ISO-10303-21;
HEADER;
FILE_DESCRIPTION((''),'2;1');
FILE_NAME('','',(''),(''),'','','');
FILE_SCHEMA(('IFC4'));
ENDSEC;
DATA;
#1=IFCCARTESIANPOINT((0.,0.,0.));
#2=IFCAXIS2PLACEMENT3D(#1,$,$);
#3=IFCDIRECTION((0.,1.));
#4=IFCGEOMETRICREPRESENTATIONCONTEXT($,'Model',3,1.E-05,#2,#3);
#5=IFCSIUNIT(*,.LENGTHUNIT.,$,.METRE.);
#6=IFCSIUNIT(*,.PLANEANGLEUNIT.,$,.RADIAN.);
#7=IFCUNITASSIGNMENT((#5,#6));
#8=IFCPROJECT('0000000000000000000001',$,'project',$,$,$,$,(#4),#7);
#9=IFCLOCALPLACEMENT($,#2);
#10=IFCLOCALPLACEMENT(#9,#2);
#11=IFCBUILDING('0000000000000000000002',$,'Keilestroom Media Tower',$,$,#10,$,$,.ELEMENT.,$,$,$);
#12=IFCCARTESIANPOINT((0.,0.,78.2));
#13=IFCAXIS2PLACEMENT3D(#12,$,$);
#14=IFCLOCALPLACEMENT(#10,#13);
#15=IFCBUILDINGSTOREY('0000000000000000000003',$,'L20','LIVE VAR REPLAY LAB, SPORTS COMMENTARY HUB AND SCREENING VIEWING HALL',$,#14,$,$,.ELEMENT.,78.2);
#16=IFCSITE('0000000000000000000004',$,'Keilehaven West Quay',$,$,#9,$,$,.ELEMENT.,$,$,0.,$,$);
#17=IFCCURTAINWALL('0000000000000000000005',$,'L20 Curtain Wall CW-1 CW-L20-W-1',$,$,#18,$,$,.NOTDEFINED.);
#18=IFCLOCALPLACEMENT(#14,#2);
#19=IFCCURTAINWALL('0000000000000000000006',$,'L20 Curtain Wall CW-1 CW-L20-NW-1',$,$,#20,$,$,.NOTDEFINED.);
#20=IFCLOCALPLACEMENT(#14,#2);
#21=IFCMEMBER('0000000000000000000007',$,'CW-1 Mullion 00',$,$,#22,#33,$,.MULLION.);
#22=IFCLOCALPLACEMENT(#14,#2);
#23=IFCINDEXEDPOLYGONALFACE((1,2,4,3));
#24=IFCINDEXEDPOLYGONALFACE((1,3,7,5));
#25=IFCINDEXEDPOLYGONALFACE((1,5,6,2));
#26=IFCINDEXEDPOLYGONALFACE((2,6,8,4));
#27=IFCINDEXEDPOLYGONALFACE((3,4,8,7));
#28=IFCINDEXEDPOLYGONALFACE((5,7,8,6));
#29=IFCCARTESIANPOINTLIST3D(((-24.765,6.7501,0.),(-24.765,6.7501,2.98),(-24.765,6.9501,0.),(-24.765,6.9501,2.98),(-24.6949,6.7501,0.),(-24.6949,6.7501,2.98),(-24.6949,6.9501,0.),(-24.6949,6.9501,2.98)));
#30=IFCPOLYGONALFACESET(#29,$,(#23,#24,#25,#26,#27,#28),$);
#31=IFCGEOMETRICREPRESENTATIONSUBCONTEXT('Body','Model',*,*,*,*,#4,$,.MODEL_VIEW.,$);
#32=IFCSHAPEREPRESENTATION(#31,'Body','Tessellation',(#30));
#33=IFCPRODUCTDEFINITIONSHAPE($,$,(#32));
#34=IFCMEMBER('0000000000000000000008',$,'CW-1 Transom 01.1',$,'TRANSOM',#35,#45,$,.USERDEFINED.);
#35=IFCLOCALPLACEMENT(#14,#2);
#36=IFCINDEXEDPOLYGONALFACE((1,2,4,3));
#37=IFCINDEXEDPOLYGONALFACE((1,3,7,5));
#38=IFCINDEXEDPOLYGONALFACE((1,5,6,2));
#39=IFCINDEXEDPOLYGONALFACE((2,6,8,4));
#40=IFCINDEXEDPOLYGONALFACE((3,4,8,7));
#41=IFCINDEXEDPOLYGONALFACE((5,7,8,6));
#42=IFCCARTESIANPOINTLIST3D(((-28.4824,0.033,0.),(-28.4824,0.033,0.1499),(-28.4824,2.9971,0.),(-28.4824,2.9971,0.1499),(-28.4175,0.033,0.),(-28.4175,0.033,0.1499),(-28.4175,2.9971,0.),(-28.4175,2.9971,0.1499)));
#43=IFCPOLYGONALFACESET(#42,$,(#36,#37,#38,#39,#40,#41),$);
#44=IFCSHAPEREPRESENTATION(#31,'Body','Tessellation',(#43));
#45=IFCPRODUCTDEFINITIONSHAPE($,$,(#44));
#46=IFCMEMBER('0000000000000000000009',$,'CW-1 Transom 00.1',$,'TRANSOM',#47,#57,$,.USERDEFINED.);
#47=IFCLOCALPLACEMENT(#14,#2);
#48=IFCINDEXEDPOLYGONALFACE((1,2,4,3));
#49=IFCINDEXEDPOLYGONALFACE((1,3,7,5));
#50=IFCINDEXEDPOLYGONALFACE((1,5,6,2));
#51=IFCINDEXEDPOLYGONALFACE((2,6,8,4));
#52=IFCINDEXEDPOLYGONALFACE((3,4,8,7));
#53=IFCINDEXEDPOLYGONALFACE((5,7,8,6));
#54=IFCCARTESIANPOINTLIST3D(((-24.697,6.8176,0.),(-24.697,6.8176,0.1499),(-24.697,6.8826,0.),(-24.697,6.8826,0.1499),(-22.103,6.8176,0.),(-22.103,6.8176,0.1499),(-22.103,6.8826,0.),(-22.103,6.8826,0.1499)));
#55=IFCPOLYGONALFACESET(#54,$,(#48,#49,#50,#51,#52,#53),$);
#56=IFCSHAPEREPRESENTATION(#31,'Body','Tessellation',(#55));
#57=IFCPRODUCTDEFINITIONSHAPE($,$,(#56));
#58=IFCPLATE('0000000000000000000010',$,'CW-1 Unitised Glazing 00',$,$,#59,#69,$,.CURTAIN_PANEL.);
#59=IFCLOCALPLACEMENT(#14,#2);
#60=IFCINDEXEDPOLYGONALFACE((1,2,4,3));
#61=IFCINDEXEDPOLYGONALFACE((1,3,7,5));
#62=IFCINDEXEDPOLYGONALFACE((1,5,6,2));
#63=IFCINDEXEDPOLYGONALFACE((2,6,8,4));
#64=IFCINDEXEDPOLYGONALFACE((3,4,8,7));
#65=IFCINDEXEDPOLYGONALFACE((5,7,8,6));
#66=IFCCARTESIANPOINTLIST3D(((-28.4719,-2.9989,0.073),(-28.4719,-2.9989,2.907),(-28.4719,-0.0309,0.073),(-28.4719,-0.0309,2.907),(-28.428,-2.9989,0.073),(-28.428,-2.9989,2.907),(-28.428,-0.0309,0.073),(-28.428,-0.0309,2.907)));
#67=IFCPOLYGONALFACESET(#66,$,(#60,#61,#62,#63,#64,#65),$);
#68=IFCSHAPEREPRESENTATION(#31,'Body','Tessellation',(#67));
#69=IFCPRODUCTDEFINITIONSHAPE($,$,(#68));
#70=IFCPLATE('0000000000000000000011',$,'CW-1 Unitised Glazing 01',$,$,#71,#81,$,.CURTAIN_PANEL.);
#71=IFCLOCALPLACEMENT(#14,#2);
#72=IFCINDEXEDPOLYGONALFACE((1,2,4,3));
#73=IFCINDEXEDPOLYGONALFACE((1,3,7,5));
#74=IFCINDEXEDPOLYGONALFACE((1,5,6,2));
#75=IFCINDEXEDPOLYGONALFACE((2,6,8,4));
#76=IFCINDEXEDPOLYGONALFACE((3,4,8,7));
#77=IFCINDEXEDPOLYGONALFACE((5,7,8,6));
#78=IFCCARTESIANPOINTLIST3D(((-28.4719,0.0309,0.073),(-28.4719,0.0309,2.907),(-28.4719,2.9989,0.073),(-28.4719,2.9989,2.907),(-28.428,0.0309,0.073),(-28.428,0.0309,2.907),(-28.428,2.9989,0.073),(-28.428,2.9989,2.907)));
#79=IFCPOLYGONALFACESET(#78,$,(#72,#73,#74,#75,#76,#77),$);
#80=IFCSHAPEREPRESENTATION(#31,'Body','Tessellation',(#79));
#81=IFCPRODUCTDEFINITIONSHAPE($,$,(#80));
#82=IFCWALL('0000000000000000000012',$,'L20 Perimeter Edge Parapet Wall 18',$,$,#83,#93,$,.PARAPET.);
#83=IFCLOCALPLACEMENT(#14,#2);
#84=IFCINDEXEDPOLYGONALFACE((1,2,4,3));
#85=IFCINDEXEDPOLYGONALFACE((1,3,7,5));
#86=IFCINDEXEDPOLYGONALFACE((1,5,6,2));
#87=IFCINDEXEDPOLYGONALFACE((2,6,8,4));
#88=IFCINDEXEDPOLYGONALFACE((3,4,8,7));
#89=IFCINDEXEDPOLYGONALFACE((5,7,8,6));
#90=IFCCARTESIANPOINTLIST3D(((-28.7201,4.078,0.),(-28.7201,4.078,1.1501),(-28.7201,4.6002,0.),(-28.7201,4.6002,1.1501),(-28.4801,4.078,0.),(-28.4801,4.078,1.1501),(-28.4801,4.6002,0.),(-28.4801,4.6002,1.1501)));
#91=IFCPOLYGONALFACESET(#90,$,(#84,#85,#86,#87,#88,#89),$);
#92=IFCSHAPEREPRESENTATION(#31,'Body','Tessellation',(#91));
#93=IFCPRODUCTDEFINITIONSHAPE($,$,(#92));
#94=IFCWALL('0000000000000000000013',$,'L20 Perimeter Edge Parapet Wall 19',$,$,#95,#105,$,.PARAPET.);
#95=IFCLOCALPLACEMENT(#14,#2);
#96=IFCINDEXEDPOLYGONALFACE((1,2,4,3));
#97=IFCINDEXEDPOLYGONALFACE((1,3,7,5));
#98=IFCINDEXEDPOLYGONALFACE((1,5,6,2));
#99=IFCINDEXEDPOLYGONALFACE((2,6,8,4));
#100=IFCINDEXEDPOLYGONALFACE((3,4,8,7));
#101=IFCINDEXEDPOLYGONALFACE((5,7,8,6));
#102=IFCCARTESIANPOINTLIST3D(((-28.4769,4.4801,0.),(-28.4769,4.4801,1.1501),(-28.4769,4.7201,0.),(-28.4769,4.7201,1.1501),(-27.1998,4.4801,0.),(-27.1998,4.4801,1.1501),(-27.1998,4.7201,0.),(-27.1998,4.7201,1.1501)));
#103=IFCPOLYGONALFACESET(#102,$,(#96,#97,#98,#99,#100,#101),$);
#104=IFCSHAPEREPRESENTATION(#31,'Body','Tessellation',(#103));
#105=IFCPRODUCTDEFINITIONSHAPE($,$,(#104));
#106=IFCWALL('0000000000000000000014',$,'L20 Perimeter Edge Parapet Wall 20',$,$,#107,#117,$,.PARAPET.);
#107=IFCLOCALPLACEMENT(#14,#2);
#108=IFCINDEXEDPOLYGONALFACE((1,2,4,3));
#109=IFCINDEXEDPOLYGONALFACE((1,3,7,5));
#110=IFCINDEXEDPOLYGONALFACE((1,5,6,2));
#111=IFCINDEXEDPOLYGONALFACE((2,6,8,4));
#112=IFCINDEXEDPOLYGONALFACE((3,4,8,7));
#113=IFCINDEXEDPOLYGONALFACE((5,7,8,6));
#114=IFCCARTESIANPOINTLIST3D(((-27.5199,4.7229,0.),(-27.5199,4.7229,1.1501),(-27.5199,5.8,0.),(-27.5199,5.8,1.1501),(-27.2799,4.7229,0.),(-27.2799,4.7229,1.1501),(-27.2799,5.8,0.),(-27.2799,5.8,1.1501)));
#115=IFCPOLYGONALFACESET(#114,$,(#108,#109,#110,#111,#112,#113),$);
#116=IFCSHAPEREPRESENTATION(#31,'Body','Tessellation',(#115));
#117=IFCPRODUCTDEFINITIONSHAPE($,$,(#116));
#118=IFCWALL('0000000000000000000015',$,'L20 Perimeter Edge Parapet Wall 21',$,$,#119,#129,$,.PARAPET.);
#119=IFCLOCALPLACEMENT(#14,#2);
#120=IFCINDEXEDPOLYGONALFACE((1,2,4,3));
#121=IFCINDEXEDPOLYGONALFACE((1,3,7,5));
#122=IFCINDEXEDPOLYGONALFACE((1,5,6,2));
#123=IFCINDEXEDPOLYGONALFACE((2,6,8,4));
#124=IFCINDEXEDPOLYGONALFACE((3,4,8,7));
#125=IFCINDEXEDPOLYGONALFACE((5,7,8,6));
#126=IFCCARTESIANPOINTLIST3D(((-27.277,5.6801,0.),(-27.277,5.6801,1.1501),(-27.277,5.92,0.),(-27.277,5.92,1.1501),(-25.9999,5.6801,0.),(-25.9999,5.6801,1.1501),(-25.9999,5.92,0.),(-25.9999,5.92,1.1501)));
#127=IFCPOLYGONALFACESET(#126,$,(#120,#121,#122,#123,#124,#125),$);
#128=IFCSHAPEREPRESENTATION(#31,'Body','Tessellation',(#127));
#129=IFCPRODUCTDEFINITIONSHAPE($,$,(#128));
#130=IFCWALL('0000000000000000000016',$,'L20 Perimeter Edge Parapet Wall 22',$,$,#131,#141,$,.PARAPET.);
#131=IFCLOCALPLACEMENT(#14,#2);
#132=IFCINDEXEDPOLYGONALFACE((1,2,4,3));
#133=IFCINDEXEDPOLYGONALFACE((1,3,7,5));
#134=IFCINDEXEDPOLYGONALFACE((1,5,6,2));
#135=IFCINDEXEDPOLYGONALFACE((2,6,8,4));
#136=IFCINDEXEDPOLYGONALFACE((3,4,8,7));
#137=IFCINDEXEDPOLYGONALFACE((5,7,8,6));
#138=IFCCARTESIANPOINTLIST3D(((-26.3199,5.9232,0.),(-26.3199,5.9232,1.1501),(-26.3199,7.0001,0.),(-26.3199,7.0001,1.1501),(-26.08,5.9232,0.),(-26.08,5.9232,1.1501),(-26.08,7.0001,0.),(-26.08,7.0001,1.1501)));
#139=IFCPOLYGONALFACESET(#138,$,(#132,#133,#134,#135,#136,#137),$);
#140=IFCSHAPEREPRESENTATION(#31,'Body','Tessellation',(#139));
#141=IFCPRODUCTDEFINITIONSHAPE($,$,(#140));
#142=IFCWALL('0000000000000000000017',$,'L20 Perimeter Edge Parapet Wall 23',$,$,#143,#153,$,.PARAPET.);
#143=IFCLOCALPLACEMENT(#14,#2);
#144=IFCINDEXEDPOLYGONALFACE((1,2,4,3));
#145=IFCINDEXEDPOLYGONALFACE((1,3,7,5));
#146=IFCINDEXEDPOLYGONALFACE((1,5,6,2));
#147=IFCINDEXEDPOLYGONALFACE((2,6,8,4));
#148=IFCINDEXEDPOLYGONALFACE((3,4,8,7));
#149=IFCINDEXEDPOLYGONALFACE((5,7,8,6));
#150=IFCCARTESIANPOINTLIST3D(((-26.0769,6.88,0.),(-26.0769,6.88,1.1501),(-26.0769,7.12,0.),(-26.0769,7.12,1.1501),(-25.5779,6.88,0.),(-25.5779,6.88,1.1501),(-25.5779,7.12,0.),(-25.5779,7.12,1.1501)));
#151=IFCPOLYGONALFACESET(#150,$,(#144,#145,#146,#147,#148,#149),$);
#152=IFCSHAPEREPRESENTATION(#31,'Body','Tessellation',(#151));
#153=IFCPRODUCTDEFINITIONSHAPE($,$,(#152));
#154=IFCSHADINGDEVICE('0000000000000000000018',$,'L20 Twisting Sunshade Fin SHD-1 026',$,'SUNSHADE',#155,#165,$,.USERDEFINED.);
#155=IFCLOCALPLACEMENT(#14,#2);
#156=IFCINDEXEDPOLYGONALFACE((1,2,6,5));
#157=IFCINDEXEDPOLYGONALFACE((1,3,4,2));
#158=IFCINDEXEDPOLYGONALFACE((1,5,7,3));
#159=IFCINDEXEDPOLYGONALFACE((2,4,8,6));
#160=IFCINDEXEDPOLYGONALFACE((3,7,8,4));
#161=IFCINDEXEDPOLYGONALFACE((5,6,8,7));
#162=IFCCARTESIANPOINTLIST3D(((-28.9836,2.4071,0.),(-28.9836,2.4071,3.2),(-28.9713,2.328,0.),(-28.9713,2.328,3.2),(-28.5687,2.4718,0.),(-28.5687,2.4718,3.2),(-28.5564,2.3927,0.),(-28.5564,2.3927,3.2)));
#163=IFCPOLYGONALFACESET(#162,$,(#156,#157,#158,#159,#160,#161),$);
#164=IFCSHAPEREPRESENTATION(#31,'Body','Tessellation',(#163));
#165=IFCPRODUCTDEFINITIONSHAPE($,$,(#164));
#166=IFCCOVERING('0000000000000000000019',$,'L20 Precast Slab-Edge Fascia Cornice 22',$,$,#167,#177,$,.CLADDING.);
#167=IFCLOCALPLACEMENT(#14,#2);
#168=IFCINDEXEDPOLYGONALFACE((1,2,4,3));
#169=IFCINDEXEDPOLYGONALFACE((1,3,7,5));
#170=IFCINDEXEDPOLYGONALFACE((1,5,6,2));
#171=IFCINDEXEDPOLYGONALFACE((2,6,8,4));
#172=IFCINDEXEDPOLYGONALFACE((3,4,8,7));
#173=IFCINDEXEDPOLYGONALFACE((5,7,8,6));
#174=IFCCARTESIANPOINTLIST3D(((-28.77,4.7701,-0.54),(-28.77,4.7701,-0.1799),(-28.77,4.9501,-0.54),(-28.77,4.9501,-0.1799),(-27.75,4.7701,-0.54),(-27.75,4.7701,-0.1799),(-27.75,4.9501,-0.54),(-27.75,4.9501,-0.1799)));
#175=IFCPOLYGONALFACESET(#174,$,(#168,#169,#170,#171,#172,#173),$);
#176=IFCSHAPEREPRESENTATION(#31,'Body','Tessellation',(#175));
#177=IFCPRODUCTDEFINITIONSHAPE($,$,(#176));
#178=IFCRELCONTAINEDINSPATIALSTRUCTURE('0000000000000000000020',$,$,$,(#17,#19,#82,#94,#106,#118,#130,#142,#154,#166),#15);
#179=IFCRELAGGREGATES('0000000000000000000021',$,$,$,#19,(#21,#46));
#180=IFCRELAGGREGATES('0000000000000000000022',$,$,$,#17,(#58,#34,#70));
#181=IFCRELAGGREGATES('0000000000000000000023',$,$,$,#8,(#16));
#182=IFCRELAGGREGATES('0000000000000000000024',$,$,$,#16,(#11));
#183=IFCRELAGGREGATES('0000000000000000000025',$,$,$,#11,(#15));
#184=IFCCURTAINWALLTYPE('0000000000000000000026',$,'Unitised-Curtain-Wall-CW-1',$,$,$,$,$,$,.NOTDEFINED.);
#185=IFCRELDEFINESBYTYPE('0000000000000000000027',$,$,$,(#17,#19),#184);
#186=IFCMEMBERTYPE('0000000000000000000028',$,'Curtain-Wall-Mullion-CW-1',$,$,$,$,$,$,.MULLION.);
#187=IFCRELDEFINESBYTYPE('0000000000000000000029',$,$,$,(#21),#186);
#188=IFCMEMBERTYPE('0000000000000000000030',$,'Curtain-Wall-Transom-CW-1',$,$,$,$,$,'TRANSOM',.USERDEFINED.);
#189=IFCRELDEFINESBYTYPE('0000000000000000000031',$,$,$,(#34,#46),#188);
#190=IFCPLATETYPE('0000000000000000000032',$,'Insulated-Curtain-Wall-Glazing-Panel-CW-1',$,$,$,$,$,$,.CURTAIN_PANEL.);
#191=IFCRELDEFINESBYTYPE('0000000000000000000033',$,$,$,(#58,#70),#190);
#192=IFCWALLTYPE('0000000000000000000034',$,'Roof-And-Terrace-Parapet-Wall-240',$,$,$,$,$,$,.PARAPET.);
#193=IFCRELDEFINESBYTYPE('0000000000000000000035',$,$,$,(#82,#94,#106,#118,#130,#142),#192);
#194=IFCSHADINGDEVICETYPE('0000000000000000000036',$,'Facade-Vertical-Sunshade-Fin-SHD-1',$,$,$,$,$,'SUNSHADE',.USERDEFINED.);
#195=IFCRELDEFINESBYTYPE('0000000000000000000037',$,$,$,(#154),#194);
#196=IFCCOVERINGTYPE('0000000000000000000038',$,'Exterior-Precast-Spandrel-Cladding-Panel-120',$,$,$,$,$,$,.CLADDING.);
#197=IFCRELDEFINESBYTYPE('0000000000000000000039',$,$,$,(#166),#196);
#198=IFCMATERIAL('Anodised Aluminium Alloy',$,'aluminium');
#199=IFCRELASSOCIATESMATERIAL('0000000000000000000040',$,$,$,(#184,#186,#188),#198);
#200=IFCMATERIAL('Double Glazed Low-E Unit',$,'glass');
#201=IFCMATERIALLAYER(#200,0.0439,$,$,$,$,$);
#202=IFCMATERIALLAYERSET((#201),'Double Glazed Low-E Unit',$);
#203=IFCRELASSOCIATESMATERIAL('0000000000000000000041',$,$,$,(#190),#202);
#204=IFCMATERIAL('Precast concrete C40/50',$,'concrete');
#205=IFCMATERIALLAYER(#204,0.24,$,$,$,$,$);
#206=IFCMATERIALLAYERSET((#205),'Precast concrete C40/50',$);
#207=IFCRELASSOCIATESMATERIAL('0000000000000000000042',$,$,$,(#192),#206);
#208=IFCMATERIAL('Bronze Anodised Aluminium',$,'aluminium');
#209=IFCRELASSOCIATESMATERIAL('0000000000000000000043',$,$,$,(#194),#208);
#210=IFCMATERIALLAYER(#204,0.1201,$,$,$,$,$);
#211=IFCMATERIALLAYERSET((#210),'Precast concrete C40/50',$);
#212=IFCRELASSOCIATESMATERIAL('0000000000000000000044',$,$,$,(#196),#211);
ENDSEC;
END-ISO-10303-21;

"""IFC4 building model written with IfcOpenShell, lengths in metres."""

from ifc_helpers import new_model, si_unit, direction, frame, frame_2d, origin, origin_2d, place, context, subcontext, project, spatial, rectangle, extrude, source, transform, mapped, material, layer, layer_set, material_profile, profile_set, type_object, element, aggregate, save


model = new_model("IFC4")

# Units and contexts
model_context = context("Model", 3, precision=1e-05, world=origin(), true_north=direction((0.0, 1.0)))
body_context = subcontext(model_context, "Body", "Model", "MODEL_VIEW")
ifc_project = project(units=[si_unit("LENGTHUNIT", "METRE"), si_unit("PLANEANGLEUNIT", "RADIAN")], contexts=[model_context])

# Site, building, storey
site_placement = place(None, origin())
site = spatial("IfcSite", under=ifc_project, at=site_placement, Name="Keilehaven West Quay", CompositionType="ELEMENT", RefElevation=0.0)
building_placement = place(site_placement, origin())
building = spatial("IfcBuilding", under=site, at=building_placement, Name="Keilestroom Media Tower", CompositionType="ELEMENT")
storey_placement = place(building_placement, frame((0.0, 0.0, 78.2)))
storey = spatial("IfcBuildingStorey", under=building, at=storey_placement, Name="L20", Description="LIVE VAR REPLAY LAB, SPORTS COMMENTARY HUB AND SCREENING VIEWING HALL", CompositionType="ELEMENT", Elevation=78.2)

# Shared definitions
ifc_material_1 = material(Name="Precast concrete C40/50", Category="concrete")

# Curtain wall
ifc_material_2 = material(Name="Anodised Aluminium Alloy", Category="aluminium")
curtain_wall_type = type_object("IfcCurtainWallType", Name="Unitised-Curtain-Wall-CW-1", PredefinedType="NOTDEFINED", material=ifc_material_2)
curtain_wall_1_placement = place(storey_placement, origin())
curtain_wall_1 = element("IfcCurtainWall", 1, at=curtain_wall_1_placement, inside=storey, type_object=curtain_wall_type, Name="L20 Curtain Wall CW-1 CW-L20-W-1", PredefinedType="NOTDEFINED")
ifc_material_profile_1 = material_profile(ifc_material_2, rectangle(XDim=0.0701, YDim=0.2, at=origin_2d()), Name="ALU MULLION 70x200")
ifc_profile_set_1 = profile_set([ifc_material_profile_1], Name="Anodised Aluminium Alloy")
member_type_1 = type_object("IfcMemberType", Name="Curtain-Wall-Mullion-CW-1", PredefinedType="MULLION", material=ifc_profile_set_1)
shared_shape_1 = source(origin(), body_context, "Body", "SweptSolid", [
    extrude(rectangle(XDim=0.0701, YDim=0.2, at=origin_2d()), origin(), (0.0, 0.0, 1.0), 2.98),
])

# Curtain wall, member
curtain_wall_2_placement = place(storey_placement, origin())
curtain_wall_2 = element("IfcCurtainWall", 2, at=curtain_wall_2_placement, inside=storey, type_object=curtain_wall_type, Name="L20 Curtain Wall CW-1 CW-L20-NW-1", PredefinedType="NOTDEFINED")
member_1_placement = place(storey_placement, frame((-24.73, 6.8501, 0.0), z_axis=(0.0, 0.0, 1.0), x_axis=(1.0, 0.0, 0.0)))
member_1 = element("IfcMember", 3, at=member_1_placement, type_object=member_type_1, Name="CW-1 Mullion 00", PredefinedType="MULLION", context=body_context, shape_type="MappedRepresentation", body=[
    mapped(shared_shape_1, transform((0.0, 0.0, 0.0), x_axis=(1.0, 0.0, 0.0), y_axis=(0.0, 1.0, 0.0), z_axis=(0.0, 0.0, 1.0), scale=1.0)),
])

# Members
ifc_material_profile_2 = material_profile(ifc_material_2, rectangle(XDim=0.0649, YDim=0.1499, at=origin_2d()), Name="ALU TRANSOM 65x150")
ifc_profile_set_2 = profile_set([ifc_material_profile_2], Name="Anodised Aluminium Alloy")
member_type_2 = type_object("IfcMemberType", Name="Curtain-Wall-Transom-CW-1", ElementType="TRANSOM", PredefinedType="USERDEFINED", material=ifc_profile_set_2)
shared_shape_2 = source(origin(), body_context, "Body", "SweptSolid", [
    extrude(rectangle(XDim=0.0649, YDim=0.1499, at=origin_2d()), origin(), (0.0, 0.0, 1.0), 2.9641),
])
member_2_placement = place(storey_placement, frame((-28.45, 0.033, 0.075), z_axis=(0.0, 1.0, 0.0), x_axis=(-1.0, 0.0, 0.0)))
member_2 = element("IfcMember", 4, at=member_2_placement, type_object=member_type_2, Name="CW-1 Transom 01.1", ObjectType="TRANSOM", PredefinedType="USERDEFINED", context=body_context, shape_type="MappedRepresentation", body=[
    mapped(shared_shape_2, transform((0.0, 0.0, 0.0), x_axis=(1.0, 0.0, 0.0), y_axis=(0.0, 1.0, 0.0), z_axis=(0.0, 0.0, 1.0), scale=1.0)),
])
shared_shape_3 = source(origin(), body_context, "Body", "SweptSolid", [
    extrude(rectangle(XDim=0.0649, YDim=0.1499, at=origin_2d()), origin(), (0.0, 0.0, 1.0), 2.594),
])
member_3_placement = place(storey_placement, frame((-24.697, 6.8501, 0.075), z_axis=(1.0, 0.0, 0.0), x_axis=(0.0, 1.0, 0.0)))
member_3 = element("IfcMember", 5, at=member_3_placement, type_object=member_type_2, Name="CW-1 Transom 00.1", ObjectType="TRANSOM", PredefinedType="USERDEFINED", context=body_context, shape_type="MappedRepresentation", body=[
    mapped(shared_shape_3, transform((0.0, 0.0, 0.0), x_axis=(1.0, 0.0, 0.0), y_axis=(0.0, 1.0, 0.0), z_axis=(0.0, 0.0, 1.0), scale=1.0)),
])
aggregate(curtain_wall_2, [member_1, member_3])

# Plates
ifc_material_3 = material(Name="Double Glazed Low-E Unit", Category="glass")
ifc_layer_1 = layer(ifc_material_3, 0.0439)
ifc_layer_set_1 = layer_set([ifc_layer_1], Name="Double Glazed Low-E Unit")
plate_type = type_object("IfcPlateType", Name="Insulated-Curtain-Wall-Glazing-Panel-CW-1", PredefinedType="CURTAIN_PANEL", material=ifc_layer_set_1)
shared_shape_4 = source(origin(), body_context, "Body", "SweptSolid", [
    extrude(rectangle(XDim=2.968, YDim=0.0439, at=origin_2d()), origin(), (0.0, 0.0, 1.0), 2.834),
])
plate_1_placement = place(storey_placement, frame((-28.45, -1.5149, 0.073), z_axis=(0.0, 0.0, 1.0), x_axis=(0.0, 1.0, 0.0)))
plate_1 = element("IfcPlate", 6, at=plate_1_placement, type_object=plate_type, Name="CW-1 Unitised Glazing 00", PredefinedType="CURTAIN_PANEL", context=body_context, shape_type="MappedRepresentation", body=[
    mapped(shared_shape_4, transform((0.0, 0.0, 0.0), x_axis=(1.0, 0.0, 0.0), y_axis=(0.0, 1.0, 0.0), z_axis=(0.0, 0.0, 1.0), scale=1.0)),
])
plate_2_placement = place(storey_placement, frame((-28.45, 1.5149, 0.073), z_axis=(0.0, 0.0, 1.0), x_axis=(0.0, 1.0, 0.0)))
plate_2 = element("IfcPlate", 7, at=plate_2_placement, type_object=plate_type, Name="CW-1 Unitised Glazing 01", PredefinedType="CURTAIN_PANEL", context=body_context, shape_type="MappedRepresentation", body=[
    mapped(shared_shape_4, transform((0.0, 0.0, 0.0), x_axis=(1.0, 0.0, 0.0), y_axis=(0.0, 1.0, 0.0), z_axis=(0.0, 0.0, 1.0), scale=1.0)),
])
aggregate(curtain_wall_1, [plate_1, member_2, plate_2])

# Walls
ifc_layer_2 = layer(ifc_material_1, 0.24)
ifc_layer_set_2 = layer_set([ifc_layer_2], Name="Precast concrete C40/50")
wall_type = type_object("IfcWallType", Name="Roof-And-Terrace-Parapet-Wall-240", PredefinedType="PARAPET", material=ifc_layer_set_2)
wall_1_placement = place(storey_placement, frame((-28.6001, 4.0779, 0.0), z_axis=(0.0, 0.0, 1.0), x_axis=(0.0, 1.0, 0.0)))
element("IfcWall", 8, at=wall_1_placement, inside=storey, type_object=wall_type, Name="L20 Perimeter Edge Parapet Wall 18", PredefinedType="PARAPET", context=body_context, shape_type="SweptSolid", body=[
    extrude(rectangle(XDim=0.5222, YDim=0.24, at=frame_2d((0.2612, 0.0))), origin(), (0.0, 0.0, 1.0), 1.1501),
])
wall_2_placement = place(storey_placement, frame((-28.4771, 4.6001, 0.0), z_axis=(0.0, 0.0, 1.0), x_axis=(1.0, 0.0, 0.0)))
element("IfcWall", 9, at=wall_2_placement, inside=storey, type_object=wall_type, Name="L20 Perimeter Edge Parapet Wall 19", PredefinedType="PARAPET", context=body_context, shape_type="SweptSolid", body=[
    extrude(rectangle(XDim=1.2771, YDim=0.24, at=frame_2d((0.6387, 0.0))), origin(), (0.0, 0.0, 1.0), 1.1501),
])
wall_3_placement = place(storey_placement, frame((-27.3999, 4.7229, 0.0), z_axis=(0.0, 0.0, 1.0), x_axis=(0.0, 1.0, 0.0)))
element("IfcWall", 10, at=wall_3_placement, inside=storey, type_object=wall_type, Name="L20 Perimeter Edge Parapet Wall 20", PredefinedType="PARAPET", context=body_context, shape_type="SweptSolid", body=[
    extrude(rectangle(XDim=1.0771, YDim=0.24, at=frame_2d((0.5386, 0.0))), origin(), (0.0, 0.0, 1.0), 1.1501),
])
wall_4_placement = place(storey_placement, frame((-27.2771, 5.8, 0.0), z_axis=(0.0, 0.0, 1.0), x_axis=(1.0, 0.0, 0.0)))
element("IfcWall", 11, at=wall_4_placement, inside=storey, type_object=wall_type, Name="L20 Perimeter Edge Parapet Wall 21", PredefinedType="PARAPET", context=body_context, shape_type="SweptSolid", body=[
    extrude(rectangle(XDim=1.2771, YDim=0.24, at=frame_2d((0.6387, 0.0))), origin(), (0.0, 0.0, 1.0), 1.1501),
])
wall_5_placement = place(storey_placement, frame((-26.2, 5.9231, 0.0), z_axis=(0.0, 0.0, 1.0), x_axis=(0.0, 1.0, 0.0)))
element("IfcWall", 12, at=wall_5_placement, inside=storey, type_object=wall_type, Name="L20 Perimeter Edge Parapet Wall 22", PredefinedType="PARAPET", context=body_context, shape_type="SweptSolid", body=[
    extrude(rectangle(XDim=1.0769, YDim=0.24, at=frame_2d((0.5386, 0.0))), origin(), (0.0, 0.0, 1.0), 1.1501),
])
wall_6_placement = place(storey_placement, frame((-26.0769, 7.0, 0.0), z_axis=(0.0, 0.0, 1.0), x_axis=(1.0, 0.0, 0.0)))
element("IfcWall", 13, at=wall_6_placement, inside=storey, type_object=wall_type, Name="L20 Perimeter Edge Parapet Wall 23", PredefinedType="PARAPET", context=body_context, shape_type="SweptSolid", body=[
    extrude(rectangle(XDim=0.499, YDim=0.24, at=frame_2d((0.2495, 0.0))), origin(), (0.0, 0.0, 1.0), 1.1501),
])

# Shading device
ifc_material_4 = material(Name="Bronze Anodised Aluminium", Category="aluminium")
shading_device_type = type_object("IfcShadingDeviceType", Name="Facade-Vertical-Sunshade-Fin-SHD-1", ElementType="SUNSHADE", PredefinedType="USERDEFINED", material=ifc_material_4)
shared_shape_5 = source(origin(), body_context, "Body", "SweptSolid", [
    extrude(rectangle(XDim=0.4199, YDim=0.0801, at=origin_2d()), origin(), (0.0, 0.0, 1.0), 3.2),
])
shading_device_placement = place(storey_placement, frame((-28.77, 2.3999, 0.0), z_axis=(0.0, 0.0, 1.0), x_axis=(0.988041, 0.154193, 0.0)))
element("IfcShadingDevice", 14, at=shading_device_placement, inside=storey, type_object=shading_device_type, Name="L20 Twisting Sunshade Fin SHD-1 026", ObjectType="SUNSHADE", PredefinedType="USERDEFINED", context=body_context, shape_type="MappedRepresentation", body=[
    mapped(shared_shape_5, transform((0.0, 0.0, 0.0), x_axis=(1.0, 0.0, 0.0), y_axis=(0.0, 1.0, 0.0), z_axis=(0.0, 0.0, 1.0), scale=1.0)),
])

# Covering
ifc_layer_3 = layer(ifc_material_1, 0.1201)
ifc_layer_set_3 = layer_set([ifc_layer_3], Name="Precast concrete C40/50")
covering_type = type_object("IfcCoveringType", Name="Exterior-Precast-Spandrel-Cladding-Panel-120", PredefinedType="CLADDING", material=ifc_layer_set_3)
shared_shape_6 = source(origin(), body_context, "Body", "SweptSolid", [
    extrude(rectangle(XDim=1.02, YDim=0.1799, at=origin_2d()), origin(), (0.0, 0.0, 1.0), 0.3601),
])
for number, where, z_axis, x_axis, name in (
    (15, (-28.26, 4.8601, -0.54), (0.0, 0.0, 1.0), (1.0, 0.0, 0.0), "L20 Precast Slab-Edge Fascia Cornice 22"),
):
    element("IfcCovering", number, at=place(storey_placement, frame(where, z_axis=z_axis, x_axis=x_axis)), inside=storey, type_object=covering_type, Name=name, PredefinedType="CLADDING", context=body_context, shape_type="MappedRepresentation", body=[
        mapped(shared_shape_6, transform((0.0, 0.0, 0.0), x_axis=(1.0, 0.0, 0.0), y_axis=(0.0, 1.0, 0.0), z_axis=(0.0, 0.0, 1.0), scale=1.0)),
    ])

save(model, "model.ifc")
